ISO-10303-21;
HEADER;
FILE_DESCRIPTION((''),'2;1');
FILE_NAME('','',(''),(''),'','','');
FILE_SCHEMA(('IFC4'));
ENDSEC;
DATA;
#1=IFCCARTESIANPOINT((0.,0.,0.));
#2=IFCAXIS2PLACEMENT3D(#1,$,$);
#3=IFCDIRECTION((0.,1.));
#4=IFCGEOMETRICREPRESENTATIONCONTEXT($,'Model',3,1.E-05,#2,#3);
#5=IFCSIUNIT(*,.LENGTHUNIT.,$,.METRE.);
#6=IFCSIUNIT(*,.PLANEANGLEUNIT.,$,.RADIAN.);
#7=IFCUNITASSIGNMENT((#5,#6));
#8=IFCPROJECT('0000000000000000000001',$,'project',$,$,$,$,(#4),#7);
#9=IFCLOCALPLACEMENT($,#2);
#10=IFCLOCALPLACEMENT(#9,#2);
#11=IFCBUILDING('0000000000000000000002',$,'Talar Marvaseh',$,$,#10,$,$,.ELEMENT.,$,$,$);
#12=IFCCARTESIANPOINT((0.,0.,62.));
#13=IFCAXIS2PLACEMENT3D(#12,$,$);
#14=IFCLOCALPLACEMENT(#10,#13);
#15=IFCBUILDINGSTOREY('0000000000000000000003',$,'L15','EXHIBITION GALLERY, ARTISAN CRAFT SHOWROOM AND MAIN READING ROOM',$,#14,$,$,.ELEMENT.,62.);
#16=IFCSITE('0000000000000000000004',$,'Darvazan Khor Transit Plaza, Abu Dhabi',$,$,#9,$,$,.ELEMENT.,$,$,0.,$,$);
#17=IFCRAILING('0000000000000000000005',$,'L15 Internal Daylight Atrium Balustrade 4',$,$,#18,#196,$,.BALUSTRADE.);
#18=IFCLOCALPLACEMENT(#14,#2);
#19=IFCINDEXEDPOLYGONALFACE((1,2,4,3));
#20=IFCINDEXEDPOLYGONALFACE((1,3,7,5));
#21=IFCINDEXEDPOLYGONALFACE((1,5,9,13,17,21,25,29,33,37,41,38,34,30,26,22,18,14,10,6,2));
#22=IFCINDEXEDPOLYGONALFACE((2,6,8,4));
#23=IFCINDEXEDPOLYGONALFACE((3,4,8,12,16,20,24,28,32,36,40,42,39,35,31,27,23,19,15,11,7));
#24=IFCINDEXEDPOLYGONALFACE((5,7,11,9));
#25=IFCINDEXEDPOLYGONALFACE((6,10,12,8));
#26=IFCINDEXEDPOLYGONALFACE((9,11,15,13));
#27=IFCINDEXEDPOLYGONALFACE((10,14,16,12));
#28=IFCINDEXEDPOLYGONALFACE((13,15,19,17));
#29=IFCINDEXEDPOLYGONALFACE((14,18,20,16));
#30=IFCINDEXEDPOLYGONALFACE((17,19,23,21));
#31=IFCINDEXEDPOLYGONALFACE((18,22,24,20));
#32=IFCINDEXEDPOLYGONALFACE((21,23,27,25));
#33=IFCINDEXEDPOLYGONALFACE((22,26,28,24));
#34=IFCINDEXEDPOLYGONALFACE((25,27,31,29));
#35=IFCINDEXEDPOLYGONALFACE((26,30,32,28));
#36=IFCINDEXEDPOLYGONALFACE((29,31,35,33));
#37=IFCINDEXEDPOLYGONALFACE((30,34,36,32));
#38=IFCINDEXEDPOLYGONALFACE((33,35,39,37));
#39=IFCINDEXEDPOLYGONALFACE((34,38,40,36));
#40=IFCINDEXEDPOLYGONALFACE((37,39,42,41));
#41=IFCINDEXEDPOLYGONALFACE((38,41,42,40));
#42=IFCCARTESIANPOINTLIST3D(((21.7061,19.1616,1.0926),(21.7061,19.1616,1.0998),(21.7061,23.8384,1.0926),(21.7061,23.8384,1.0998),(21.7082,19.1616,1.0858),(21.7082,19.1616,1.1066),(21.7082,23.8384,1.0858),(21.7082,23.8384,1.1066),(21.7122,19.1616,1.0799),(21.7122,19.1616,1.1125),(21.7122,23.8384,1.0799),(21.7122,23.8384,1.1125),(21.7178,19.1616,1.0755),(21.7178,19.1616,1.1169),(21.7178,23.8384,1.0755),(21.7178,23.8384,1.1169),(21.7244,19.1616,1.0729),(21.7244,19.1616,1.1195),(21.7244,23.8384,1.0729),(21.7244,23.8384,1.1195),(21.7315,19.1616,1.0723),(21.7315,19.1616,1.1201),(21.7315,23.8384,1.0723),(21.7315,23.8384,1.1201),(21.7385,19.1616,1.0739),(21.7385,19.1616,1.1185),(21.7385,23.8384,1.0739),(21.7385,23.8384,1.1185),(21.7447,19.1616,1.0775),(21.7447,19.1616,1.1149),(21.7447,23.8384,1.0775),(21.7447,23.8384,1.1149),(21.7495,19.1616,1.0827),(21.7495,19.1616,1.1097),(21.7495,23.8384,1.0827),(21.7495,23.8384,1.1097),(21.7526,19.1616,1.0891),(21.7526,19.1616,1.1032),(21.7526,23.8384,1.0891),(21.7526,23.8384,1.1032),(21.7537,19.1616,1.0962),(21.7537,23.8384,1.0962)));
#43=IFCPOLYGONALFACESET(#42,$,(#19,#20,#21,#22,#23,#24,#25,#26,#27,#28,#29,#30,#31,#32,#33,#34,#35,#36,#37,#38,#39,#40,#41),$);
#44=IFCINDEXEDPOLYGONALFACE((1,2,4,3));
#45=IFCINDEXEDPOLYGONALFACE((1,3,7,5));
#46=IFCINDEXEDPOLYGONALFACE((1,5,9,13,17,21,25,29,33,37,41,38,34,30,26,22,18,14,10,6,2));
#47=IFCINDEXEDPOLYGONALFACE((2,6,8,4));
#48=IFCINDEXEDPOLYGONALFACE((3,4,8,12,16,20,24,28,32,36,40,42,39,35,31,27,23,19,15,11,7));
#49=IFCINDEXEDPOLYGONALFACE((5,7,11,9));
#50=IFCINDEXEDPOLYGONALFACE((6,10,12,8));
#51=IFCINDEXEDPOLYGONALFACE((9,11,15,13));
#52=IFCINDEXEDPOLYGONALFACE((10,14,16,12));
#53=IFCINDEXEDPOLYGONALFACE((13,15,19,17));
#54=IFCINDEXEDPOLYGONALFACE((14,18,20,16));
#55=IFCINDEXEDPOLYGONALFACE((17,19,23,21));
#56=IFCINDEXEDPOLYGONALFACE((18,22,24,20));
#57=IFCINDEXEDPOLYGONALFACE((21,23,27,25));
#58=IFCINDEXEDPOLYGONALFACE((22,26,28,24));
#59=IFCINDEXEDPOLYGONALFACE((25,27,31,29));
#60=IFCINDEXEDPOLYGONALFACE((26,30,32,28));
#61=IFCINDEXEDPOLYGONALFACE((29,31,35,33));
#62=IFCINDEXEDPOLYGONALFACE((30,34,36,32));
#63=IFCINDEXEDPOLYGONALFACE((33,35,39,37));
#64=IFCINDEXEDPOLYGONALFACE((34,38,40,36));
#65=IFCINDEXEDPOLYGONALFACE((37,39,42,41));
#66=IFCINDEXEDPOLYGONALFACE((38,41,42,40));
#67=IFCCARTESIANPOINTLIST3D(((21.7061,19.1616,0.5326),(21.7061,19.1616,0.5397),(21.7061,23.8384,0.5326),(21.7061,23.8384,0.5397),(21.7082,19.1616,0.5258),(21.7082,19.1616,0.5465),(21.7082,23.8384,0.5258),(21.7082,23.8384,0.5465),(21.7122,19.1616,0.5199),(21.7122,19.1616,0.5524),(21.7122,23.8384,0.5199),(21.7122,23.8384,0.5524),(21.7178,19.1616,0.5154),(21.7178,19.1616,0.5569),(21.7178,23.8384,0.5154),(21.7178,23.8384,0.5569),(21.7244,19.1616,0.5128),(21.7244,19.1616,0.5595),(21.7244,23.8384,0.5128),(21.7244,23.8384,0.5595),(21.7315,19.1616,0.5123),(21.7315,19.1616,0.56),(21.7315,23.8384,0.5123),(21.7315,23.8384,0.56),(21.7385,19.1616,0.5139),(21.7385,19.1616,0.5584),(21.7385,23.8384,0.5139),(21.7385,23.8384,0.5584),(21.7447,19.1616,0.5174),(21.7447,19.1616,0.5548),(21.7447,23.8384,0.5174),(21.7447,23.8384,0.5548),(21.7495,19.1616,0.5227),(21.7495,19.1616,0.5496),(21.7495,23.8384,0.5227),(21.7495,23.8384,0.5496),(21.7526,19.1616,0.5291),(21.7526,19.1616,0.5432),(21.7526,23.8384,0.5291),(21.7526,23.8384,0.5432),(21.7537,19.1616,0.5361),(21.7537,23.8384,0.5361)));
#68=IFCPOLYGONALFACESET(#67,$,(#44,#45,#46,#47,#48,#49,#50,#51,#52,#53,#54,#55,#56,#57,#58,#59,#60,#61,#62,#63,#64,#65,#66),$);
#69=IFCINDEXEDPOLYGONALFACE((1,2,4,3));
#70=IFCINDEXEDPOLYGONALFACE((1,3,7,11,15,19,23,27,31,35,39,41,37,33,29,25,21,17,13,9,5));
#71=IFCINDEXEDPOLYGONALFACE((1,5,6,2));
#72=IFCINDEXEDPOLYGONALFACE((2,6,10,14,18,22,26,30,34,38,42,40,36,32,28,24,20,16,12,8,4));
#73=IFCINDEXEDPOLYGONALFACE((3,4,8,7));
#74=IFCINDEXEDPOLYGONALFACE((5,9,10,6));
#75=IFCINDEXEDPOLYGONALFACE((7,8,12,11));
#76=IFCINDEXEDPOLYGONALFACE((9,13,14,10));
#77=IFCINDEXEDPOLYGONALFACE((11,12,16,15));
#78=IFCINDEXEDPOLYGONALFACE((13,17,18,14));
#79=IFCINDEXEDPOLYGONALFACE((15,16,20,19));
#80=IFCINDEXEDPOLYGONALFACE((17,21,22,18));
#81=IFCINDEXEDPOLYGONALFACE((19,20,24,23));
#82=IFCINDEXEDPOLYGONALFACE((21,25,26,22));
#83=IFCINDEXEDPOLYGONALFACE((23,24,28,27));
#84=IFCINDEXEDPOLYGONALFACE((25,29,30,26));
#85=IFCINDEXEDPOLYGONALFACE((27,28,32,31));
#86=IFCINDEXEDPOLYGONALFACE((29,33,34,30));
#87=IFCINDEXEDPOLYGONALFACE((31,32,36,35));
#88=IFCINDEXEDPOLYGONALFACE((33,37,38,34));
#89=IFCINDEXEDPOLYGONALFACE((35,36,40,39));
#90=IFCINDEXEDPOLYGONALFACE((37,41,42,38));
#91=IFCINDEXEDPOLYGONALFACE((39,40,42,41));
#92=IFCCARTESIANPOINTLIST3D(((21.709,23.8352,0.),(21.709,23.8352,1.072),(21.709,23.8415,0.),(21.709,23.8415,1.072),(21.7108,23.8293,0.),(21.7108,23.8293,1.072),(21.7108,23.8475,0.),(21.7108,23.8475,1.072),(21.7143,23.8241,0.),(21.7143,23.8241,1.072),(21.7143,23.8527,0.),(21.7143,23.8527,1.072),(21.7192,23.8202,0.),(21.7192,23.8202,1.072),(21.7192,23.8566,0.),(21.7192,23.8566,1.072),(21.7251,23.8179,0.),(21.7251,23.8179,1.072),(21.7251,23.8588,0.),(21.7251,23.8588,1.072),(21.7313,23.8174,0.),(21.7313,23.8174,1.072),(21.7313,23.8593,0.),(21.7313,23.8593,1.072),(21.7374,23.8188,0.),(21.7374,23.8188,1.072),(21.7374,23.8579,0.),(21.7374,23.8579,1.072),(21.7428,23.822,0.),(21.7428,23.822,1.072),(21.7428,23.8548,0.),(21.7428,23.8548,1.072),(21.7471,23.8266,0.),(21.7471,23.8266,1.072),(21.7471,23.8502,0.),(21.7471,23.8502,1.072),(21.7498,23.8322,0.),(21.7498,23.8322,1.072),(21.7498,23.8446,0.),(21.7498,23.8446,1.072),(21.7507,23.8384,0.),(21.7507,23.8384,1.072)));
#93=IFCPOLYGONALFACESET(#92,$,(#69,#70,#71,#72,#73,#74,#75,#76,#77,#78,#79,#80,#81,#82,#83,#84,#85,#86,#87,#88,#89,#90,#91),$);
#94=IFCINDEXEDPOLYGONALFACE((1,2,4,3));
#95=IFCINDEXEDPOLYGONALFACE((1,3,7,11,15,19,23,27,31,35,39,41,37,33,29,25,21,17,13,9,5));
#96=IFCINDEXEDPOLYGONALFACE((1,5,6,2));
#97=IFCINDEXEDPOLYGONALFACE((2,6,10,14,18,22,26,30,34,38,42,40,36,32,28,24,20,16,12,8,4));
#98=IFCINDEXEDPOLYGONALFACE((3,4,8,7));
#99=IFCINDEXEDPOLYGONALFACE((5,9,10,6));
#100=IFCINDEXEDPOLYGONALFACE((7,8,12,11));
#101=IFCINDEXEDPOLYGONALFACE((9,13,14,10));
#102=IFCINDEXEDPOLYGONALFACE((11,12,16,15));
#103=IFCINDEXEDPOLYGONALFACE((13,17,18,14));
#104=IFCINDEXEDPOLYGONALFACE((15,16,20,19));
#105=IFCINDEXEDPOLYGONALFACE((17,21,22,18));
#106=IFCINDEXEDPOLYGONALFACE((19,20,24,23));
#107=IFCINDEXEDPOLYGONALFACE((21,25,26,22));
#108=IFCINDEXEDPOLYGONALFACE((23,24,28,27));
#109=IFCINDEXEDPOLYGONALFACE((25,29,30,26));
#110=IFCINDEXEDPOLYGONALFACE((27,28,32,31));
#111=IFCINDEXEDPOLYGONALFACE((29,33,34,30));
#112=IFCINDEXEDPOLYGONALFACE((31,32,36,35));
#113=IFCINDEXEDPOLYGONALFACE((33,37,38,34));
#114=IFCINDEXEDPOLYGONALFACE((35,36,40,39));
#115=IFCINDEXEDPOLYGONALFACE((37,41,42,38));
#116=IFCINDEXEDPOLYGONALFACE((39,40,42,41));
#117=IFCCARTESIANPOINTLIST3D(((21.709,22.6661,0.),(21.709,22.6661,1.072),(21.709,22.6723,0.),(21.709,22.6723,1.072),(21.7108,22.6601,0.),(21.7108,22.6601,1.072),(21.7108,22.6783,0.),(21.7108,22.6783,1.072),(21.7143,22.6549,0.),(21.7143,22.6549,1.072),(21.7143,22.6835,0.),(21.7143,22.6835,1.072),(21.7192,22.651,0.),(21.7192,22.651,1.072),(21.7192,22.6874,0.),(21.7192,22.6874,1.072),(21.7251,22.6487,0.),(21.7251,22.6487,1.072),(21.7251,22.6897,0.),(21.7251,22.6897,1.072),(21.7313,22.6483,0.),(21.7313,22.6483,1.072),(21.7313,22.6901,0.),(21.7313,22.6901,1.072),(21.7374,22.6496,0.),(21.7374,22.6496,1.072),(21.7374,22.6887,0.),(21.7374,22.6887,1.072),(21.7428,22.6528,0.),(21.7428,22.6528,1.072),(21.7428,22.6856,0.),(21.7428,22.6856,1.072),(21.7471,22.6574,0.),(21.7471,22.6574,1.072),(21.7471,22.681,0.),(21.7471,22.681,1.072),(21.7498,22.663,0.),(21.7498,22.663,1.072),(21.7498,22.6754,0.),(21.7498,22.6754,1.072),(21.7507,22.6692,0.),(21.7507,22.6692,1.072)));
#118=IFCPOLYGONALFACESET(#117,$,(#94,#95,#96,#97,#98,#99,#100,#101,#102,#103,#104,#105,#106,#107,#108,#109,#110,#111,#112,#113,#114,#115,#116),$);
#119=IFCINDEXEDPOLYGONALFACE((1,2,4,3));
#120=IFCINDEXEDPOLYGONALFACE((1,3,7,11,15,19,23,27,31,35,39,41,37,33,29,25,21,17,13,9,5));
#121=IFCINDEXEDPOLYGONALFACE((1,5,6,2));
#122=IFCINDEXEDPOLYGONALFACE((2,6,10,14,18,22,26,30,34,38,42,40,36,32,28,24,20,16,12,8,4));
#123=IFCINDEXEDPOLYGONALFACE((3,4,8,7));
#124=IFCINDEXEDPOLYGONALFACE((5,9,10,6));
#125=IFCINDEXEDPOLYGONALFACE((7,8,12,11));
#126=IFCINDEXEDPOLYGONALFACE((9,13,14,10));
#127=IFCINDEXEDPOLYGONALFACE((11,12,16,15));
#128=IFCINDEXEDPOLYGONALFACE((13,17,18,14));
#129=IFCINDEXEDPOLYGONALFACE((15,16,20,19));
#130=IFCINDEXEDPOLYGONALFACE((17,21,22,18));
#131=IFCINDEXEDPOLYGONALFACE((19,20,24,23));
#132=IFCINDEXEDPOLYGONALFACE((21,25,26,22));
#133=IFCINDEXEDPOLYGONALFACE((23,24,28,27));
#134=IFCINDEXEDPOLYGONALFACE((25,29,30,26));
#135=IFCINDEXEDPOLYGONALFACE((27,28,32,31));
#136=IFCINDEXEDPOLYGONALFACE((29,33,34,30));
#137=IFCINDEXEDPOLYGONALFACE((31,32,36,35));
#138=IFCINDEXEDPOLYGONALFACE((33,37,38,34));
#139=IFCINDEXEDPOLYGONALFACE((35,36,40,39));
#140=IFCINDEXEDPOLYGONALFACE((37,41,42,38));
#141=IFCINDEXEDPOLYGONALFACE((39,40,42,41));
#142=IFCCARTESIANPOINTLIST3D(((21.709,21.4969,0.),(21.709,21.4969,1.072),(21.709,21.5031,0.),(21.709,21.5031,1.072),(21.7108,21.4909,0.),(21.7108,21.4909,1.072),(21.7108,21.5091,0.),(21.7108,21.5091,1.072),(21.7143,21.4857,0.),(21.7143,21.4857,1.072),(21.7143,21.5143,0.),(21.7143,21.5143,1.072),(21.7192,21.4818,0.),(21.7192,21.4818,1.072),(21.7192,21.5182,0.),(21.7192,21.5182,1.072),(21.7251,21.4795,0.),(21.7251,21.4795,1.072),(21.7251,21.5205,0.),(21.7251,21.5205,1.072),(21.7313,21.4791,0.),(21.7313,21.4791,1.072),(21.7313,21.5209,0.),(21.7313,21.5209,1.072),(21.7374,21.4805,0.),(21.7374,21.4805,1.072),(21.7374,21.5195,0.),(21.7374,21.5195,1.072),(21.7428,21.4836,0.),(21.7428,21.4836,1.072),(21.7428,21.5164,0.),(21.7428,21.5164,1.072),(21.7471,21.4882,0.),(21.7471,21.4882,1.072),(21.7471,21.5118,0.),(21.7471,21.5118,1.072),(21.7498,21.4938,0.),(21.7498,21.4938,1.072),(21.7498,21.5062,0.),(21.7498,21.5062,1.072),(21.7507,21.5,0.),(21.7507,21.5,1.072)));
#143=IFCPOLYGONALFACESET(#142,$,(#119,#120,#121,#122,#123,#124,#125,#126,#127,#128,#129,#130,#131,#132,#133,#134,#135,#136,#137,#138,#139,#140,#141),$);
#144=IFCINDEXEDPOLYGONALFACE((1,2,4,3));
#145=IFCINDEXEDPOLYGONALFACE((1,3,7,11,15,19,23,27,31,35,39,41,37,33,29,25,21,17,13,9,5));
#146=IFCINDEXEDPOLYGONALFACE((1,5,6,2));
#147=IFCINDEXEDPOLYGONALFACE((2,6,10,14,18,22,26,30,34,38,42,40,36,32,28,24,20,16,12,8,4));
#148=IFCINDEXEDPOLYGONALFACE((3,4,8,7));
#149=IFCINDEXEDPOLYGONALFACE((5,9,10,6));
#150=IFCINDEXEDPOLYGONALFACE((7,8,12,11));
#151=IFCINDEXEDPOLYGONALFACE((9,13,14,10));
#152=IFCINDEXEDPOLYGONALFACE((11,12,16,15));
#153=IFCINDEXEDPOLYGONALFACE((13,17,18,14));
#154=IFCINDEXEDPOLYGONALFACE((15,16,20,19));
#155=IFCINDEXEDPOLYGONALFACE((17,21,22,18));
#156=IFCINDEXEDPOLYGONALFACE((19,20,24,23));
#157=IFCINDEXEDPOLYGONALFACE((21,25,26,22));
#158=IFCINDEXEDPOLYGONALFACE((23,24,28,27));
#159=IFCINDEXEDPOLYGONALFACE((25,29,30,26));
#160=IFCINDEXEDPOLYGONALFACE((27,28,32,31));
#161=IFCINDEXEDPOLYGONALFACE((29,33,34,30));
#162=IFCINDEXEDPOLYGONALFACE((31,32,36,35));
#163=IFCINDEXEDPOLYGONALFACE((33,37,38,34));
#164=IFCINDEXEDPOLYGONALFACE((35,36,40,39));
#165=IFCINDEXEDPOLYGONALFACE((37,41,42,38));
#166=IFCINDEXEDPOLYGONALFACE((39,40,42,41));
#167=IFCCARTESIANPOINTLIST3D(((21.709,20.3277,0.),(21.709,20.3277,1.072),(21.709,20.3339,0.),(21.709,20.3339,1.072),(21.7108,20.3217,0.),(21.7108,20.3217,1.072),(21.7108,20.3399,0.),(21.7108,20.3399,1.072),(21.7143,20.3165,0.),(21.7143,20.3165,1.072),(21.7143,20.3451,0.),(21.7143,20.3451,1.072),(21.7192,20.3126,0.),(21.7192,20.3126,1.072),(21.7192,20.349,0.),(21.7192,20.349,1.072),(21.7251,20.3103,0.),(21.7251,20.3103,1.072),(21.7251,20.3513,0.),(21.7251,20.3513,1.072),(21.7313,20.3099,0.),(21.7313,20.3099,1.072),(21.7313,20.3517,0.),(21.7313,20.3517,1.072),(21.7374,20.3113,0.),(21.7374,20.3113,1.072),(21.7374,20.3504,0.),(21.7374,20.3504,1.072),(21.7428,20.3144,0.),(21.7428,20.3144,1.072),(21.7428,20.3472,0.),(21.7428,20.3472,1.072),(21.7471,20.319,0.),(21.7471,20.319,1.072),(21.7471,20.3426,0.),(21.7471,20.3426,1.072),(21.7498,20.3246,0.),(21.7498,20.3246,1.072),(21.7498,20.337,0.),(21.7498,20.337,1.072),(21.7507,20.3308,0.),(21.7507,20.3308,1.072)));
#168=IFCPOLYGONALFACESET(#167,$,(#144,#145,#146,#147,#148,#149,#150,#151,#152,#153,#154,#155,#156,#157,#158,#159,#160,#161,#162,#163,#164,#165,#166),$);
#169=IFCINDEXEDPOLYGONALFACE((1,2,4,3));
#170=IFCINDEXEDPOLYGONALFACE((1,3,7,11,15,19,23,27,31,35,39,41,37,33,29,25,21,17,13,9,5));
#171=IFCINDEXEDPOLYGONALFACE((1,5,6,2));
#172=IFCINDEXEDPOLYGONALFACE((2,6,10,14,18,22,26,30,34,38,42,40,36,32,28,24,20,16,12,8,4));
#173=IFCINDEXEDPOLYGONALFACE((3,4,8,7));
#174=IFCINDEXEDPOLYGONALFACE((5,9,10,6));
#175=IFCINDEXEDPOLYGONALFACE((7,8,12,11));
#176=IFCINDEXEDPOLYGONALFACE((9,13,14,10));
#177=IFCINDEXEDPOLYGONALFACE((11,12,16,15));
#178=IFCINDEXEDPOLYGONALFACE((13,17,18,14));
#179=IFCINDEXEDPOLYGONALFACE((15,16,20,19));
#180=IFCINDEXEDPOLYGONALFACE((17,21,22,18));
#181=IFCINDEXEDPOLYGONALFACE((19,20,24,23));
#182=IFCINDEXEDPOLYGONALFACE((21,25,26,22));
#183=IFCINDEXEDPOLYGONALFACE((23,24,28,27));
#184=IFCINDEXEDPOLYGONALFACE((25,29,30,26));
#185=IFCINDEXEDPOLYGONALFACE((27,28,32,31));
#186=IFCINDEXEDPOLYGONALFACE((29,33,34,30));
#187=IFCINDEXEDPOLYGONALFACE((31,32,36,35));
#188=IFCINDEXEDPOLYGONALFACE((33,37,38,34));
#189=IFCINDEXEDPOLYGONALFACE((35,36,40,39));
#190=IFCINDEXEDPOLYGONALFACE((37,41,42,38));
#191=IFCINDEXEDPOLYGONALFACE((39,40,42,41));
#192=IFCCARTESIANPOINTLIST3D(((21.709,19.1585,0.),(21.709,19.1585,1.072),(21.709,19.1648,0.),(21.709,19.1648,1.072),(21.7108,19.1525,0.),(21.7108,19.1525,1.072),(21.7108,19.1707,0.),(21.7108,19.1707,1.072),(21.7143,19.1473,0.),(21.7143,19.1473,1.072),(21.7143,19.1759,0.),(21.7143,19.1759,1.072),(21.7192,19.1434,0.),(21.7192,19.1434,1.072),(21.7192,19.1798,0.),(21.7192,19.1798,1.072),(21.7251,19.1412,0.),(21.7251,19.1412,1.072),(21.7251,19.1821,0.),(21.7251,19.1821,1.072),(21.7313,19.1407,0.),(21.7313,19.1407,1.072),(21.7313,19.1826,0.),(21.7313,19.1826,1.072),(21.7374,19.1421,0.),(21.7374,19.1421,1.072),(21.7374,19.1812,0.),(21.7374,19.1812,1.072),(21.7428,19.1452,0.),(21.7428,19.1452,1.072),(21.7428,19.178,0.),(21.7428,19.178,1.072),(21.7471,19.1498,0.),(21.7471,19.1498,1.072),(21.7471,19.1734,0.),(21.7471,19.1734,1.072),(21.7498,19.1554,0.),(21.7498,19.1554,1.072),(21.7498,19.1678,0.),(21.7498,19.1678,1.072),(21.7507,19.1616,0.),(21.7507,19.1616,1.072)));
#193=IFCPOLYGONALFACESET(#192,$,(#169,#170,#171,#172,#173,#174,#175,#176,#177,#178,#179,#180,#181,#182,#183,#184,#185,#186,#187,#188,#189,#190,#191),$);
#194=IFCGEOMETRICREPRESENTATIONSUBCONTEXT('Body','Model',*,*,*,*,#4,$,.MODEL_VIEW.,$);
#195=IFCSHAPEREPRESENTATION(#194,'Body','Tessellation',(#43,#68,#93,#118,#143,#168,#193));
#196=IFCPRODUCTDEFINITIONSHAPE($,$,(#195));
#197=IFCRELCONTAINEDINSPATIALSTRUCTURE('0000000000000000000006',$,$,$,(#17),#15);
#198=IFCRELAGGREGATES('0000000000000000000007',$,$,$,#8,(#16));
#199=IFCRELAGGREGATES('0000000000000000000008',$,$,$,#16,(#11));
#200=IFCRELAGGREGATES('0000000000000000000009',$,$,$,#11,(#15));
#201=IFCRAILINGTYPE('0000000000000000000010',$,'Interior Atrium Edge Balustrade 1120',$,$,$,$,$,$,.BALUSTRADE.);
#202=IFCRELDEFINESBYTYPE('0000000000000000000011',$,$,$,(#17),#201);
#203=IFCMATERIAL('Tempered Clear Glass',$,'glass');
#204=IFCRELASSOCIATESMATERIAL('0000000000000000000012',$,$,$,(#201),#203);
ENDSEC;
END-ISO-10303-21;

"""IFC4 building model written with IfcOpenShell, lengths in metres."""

from ifc_helpers import new_model, si_unit, direction, frame, origin, origin_2d, place, context, subcontext, project, spatial, circle, extrude, material, type_object, element, save


model = new_model("IFC4")

# Units and contexts
model_context = context("Model", 3, precision=1e-05, world=origin(), true_north=direction((0.0, 1.0)))
body_context = subcontext(model_context, "Body", "Model", "MODEL_VIEW")
ifc_project = project(units=[si_unit("LENGTHUNIT", "METRE"), si_unit("PLANEANGLEUNIT", "RADIAN")], contexts=[model_context])

# Site, building, storey
site_placement = place(None, origin())
site = spatial("IfcSite", under=ifc_project, at=site_placement, Name="Darvazan Khor Transit Plaza, Abu Dhabi", CompositionType="ELEMENT", RefElevation=0.0)
building_placement = place(site_placement, origin())
building = spatial("IfcBuilding", under=site, at=building_placement, Name="Talar Marvaseh", CompositionType="ELEMENT")
storey_placement = place(building_placement, frame((0.0, 0.0, 62.0)))
storey = spatial("IfcBuildingStorey", under=building, at=storey_placement, Name="L15", Description="EXHIBITION GALLERY, ARTISAN CRAFT SHOWROOM AND MAIN READING ROOM", CompositionType="ELEMENT", Elevation=62.0)

# Railing
ifc_material_1 = material(Name="Tempered Clear Glass", Category="glass")
railing_type_1 = type_object("IfcRailingType", Name="Interior Atrium Edge Balustrade 1120", PredefinedType="BALUSTRADE", material=ifc_material_1)
railing_1_placement = place(storey_placement, frame((21.7297, 23.8384, 0.0)))
element("IfcRailing", 1, at=railing_1_placement, inside=storey, type_object=railing_type_1, Name="L15 Internal Daylight Atrium Balustrade 4", PredefinedType="BALUSTRADE", context=body_context, shape_type="SweptSolid", body=[
    extrude(circle(Radius=0.0239, at=origin_2d()), frame((0.0, 0.0, 1.0962), z_axis=(0.0, -1.0, 0.0), x_axis=(1.0, 0.0, 0.0)), (0.0, 0.0, 1.0), 4.6768),
    extrude(circle(Radius=0.0239, at=origin_2d()), frame((0.0, 0.0, 0.5361), z_axis=(0.0, -1.0, 0.0), x_axis=(1.0, 0.0, 0.0)), (0.0, 0.0, 1.0), 4.6768),
    extrude(circle(Radius=0.021, at=origin_2d()), origin(), (0.0, 0.0, 1.0), 1.072),
    extrude(circle(Radius=0.021, at=origin_2d()), frame((0.0, -1.1692, 0.0)), (0.0, 0.0, 1.0), 1.072),
    extrude(circle(Radius=0.021, at=origin_2d()), frame((0.0, -2.3384, 0.0)), (0.0, 0.0, 1.0), 1.072),
    extrude(circle(Radius=0.021, at=origin_2d()), frame((0.0, -3.5076, 0.0)), (0.0, 0.0, 1.0), 1.072),
    extrude(circle(Radius=0.021, at=origin_2d()), frame((0.0, -4.6768, 0.0)), (0.0, 0.0, 1.0), 1.072),
])

save(model, "model.ifc")
